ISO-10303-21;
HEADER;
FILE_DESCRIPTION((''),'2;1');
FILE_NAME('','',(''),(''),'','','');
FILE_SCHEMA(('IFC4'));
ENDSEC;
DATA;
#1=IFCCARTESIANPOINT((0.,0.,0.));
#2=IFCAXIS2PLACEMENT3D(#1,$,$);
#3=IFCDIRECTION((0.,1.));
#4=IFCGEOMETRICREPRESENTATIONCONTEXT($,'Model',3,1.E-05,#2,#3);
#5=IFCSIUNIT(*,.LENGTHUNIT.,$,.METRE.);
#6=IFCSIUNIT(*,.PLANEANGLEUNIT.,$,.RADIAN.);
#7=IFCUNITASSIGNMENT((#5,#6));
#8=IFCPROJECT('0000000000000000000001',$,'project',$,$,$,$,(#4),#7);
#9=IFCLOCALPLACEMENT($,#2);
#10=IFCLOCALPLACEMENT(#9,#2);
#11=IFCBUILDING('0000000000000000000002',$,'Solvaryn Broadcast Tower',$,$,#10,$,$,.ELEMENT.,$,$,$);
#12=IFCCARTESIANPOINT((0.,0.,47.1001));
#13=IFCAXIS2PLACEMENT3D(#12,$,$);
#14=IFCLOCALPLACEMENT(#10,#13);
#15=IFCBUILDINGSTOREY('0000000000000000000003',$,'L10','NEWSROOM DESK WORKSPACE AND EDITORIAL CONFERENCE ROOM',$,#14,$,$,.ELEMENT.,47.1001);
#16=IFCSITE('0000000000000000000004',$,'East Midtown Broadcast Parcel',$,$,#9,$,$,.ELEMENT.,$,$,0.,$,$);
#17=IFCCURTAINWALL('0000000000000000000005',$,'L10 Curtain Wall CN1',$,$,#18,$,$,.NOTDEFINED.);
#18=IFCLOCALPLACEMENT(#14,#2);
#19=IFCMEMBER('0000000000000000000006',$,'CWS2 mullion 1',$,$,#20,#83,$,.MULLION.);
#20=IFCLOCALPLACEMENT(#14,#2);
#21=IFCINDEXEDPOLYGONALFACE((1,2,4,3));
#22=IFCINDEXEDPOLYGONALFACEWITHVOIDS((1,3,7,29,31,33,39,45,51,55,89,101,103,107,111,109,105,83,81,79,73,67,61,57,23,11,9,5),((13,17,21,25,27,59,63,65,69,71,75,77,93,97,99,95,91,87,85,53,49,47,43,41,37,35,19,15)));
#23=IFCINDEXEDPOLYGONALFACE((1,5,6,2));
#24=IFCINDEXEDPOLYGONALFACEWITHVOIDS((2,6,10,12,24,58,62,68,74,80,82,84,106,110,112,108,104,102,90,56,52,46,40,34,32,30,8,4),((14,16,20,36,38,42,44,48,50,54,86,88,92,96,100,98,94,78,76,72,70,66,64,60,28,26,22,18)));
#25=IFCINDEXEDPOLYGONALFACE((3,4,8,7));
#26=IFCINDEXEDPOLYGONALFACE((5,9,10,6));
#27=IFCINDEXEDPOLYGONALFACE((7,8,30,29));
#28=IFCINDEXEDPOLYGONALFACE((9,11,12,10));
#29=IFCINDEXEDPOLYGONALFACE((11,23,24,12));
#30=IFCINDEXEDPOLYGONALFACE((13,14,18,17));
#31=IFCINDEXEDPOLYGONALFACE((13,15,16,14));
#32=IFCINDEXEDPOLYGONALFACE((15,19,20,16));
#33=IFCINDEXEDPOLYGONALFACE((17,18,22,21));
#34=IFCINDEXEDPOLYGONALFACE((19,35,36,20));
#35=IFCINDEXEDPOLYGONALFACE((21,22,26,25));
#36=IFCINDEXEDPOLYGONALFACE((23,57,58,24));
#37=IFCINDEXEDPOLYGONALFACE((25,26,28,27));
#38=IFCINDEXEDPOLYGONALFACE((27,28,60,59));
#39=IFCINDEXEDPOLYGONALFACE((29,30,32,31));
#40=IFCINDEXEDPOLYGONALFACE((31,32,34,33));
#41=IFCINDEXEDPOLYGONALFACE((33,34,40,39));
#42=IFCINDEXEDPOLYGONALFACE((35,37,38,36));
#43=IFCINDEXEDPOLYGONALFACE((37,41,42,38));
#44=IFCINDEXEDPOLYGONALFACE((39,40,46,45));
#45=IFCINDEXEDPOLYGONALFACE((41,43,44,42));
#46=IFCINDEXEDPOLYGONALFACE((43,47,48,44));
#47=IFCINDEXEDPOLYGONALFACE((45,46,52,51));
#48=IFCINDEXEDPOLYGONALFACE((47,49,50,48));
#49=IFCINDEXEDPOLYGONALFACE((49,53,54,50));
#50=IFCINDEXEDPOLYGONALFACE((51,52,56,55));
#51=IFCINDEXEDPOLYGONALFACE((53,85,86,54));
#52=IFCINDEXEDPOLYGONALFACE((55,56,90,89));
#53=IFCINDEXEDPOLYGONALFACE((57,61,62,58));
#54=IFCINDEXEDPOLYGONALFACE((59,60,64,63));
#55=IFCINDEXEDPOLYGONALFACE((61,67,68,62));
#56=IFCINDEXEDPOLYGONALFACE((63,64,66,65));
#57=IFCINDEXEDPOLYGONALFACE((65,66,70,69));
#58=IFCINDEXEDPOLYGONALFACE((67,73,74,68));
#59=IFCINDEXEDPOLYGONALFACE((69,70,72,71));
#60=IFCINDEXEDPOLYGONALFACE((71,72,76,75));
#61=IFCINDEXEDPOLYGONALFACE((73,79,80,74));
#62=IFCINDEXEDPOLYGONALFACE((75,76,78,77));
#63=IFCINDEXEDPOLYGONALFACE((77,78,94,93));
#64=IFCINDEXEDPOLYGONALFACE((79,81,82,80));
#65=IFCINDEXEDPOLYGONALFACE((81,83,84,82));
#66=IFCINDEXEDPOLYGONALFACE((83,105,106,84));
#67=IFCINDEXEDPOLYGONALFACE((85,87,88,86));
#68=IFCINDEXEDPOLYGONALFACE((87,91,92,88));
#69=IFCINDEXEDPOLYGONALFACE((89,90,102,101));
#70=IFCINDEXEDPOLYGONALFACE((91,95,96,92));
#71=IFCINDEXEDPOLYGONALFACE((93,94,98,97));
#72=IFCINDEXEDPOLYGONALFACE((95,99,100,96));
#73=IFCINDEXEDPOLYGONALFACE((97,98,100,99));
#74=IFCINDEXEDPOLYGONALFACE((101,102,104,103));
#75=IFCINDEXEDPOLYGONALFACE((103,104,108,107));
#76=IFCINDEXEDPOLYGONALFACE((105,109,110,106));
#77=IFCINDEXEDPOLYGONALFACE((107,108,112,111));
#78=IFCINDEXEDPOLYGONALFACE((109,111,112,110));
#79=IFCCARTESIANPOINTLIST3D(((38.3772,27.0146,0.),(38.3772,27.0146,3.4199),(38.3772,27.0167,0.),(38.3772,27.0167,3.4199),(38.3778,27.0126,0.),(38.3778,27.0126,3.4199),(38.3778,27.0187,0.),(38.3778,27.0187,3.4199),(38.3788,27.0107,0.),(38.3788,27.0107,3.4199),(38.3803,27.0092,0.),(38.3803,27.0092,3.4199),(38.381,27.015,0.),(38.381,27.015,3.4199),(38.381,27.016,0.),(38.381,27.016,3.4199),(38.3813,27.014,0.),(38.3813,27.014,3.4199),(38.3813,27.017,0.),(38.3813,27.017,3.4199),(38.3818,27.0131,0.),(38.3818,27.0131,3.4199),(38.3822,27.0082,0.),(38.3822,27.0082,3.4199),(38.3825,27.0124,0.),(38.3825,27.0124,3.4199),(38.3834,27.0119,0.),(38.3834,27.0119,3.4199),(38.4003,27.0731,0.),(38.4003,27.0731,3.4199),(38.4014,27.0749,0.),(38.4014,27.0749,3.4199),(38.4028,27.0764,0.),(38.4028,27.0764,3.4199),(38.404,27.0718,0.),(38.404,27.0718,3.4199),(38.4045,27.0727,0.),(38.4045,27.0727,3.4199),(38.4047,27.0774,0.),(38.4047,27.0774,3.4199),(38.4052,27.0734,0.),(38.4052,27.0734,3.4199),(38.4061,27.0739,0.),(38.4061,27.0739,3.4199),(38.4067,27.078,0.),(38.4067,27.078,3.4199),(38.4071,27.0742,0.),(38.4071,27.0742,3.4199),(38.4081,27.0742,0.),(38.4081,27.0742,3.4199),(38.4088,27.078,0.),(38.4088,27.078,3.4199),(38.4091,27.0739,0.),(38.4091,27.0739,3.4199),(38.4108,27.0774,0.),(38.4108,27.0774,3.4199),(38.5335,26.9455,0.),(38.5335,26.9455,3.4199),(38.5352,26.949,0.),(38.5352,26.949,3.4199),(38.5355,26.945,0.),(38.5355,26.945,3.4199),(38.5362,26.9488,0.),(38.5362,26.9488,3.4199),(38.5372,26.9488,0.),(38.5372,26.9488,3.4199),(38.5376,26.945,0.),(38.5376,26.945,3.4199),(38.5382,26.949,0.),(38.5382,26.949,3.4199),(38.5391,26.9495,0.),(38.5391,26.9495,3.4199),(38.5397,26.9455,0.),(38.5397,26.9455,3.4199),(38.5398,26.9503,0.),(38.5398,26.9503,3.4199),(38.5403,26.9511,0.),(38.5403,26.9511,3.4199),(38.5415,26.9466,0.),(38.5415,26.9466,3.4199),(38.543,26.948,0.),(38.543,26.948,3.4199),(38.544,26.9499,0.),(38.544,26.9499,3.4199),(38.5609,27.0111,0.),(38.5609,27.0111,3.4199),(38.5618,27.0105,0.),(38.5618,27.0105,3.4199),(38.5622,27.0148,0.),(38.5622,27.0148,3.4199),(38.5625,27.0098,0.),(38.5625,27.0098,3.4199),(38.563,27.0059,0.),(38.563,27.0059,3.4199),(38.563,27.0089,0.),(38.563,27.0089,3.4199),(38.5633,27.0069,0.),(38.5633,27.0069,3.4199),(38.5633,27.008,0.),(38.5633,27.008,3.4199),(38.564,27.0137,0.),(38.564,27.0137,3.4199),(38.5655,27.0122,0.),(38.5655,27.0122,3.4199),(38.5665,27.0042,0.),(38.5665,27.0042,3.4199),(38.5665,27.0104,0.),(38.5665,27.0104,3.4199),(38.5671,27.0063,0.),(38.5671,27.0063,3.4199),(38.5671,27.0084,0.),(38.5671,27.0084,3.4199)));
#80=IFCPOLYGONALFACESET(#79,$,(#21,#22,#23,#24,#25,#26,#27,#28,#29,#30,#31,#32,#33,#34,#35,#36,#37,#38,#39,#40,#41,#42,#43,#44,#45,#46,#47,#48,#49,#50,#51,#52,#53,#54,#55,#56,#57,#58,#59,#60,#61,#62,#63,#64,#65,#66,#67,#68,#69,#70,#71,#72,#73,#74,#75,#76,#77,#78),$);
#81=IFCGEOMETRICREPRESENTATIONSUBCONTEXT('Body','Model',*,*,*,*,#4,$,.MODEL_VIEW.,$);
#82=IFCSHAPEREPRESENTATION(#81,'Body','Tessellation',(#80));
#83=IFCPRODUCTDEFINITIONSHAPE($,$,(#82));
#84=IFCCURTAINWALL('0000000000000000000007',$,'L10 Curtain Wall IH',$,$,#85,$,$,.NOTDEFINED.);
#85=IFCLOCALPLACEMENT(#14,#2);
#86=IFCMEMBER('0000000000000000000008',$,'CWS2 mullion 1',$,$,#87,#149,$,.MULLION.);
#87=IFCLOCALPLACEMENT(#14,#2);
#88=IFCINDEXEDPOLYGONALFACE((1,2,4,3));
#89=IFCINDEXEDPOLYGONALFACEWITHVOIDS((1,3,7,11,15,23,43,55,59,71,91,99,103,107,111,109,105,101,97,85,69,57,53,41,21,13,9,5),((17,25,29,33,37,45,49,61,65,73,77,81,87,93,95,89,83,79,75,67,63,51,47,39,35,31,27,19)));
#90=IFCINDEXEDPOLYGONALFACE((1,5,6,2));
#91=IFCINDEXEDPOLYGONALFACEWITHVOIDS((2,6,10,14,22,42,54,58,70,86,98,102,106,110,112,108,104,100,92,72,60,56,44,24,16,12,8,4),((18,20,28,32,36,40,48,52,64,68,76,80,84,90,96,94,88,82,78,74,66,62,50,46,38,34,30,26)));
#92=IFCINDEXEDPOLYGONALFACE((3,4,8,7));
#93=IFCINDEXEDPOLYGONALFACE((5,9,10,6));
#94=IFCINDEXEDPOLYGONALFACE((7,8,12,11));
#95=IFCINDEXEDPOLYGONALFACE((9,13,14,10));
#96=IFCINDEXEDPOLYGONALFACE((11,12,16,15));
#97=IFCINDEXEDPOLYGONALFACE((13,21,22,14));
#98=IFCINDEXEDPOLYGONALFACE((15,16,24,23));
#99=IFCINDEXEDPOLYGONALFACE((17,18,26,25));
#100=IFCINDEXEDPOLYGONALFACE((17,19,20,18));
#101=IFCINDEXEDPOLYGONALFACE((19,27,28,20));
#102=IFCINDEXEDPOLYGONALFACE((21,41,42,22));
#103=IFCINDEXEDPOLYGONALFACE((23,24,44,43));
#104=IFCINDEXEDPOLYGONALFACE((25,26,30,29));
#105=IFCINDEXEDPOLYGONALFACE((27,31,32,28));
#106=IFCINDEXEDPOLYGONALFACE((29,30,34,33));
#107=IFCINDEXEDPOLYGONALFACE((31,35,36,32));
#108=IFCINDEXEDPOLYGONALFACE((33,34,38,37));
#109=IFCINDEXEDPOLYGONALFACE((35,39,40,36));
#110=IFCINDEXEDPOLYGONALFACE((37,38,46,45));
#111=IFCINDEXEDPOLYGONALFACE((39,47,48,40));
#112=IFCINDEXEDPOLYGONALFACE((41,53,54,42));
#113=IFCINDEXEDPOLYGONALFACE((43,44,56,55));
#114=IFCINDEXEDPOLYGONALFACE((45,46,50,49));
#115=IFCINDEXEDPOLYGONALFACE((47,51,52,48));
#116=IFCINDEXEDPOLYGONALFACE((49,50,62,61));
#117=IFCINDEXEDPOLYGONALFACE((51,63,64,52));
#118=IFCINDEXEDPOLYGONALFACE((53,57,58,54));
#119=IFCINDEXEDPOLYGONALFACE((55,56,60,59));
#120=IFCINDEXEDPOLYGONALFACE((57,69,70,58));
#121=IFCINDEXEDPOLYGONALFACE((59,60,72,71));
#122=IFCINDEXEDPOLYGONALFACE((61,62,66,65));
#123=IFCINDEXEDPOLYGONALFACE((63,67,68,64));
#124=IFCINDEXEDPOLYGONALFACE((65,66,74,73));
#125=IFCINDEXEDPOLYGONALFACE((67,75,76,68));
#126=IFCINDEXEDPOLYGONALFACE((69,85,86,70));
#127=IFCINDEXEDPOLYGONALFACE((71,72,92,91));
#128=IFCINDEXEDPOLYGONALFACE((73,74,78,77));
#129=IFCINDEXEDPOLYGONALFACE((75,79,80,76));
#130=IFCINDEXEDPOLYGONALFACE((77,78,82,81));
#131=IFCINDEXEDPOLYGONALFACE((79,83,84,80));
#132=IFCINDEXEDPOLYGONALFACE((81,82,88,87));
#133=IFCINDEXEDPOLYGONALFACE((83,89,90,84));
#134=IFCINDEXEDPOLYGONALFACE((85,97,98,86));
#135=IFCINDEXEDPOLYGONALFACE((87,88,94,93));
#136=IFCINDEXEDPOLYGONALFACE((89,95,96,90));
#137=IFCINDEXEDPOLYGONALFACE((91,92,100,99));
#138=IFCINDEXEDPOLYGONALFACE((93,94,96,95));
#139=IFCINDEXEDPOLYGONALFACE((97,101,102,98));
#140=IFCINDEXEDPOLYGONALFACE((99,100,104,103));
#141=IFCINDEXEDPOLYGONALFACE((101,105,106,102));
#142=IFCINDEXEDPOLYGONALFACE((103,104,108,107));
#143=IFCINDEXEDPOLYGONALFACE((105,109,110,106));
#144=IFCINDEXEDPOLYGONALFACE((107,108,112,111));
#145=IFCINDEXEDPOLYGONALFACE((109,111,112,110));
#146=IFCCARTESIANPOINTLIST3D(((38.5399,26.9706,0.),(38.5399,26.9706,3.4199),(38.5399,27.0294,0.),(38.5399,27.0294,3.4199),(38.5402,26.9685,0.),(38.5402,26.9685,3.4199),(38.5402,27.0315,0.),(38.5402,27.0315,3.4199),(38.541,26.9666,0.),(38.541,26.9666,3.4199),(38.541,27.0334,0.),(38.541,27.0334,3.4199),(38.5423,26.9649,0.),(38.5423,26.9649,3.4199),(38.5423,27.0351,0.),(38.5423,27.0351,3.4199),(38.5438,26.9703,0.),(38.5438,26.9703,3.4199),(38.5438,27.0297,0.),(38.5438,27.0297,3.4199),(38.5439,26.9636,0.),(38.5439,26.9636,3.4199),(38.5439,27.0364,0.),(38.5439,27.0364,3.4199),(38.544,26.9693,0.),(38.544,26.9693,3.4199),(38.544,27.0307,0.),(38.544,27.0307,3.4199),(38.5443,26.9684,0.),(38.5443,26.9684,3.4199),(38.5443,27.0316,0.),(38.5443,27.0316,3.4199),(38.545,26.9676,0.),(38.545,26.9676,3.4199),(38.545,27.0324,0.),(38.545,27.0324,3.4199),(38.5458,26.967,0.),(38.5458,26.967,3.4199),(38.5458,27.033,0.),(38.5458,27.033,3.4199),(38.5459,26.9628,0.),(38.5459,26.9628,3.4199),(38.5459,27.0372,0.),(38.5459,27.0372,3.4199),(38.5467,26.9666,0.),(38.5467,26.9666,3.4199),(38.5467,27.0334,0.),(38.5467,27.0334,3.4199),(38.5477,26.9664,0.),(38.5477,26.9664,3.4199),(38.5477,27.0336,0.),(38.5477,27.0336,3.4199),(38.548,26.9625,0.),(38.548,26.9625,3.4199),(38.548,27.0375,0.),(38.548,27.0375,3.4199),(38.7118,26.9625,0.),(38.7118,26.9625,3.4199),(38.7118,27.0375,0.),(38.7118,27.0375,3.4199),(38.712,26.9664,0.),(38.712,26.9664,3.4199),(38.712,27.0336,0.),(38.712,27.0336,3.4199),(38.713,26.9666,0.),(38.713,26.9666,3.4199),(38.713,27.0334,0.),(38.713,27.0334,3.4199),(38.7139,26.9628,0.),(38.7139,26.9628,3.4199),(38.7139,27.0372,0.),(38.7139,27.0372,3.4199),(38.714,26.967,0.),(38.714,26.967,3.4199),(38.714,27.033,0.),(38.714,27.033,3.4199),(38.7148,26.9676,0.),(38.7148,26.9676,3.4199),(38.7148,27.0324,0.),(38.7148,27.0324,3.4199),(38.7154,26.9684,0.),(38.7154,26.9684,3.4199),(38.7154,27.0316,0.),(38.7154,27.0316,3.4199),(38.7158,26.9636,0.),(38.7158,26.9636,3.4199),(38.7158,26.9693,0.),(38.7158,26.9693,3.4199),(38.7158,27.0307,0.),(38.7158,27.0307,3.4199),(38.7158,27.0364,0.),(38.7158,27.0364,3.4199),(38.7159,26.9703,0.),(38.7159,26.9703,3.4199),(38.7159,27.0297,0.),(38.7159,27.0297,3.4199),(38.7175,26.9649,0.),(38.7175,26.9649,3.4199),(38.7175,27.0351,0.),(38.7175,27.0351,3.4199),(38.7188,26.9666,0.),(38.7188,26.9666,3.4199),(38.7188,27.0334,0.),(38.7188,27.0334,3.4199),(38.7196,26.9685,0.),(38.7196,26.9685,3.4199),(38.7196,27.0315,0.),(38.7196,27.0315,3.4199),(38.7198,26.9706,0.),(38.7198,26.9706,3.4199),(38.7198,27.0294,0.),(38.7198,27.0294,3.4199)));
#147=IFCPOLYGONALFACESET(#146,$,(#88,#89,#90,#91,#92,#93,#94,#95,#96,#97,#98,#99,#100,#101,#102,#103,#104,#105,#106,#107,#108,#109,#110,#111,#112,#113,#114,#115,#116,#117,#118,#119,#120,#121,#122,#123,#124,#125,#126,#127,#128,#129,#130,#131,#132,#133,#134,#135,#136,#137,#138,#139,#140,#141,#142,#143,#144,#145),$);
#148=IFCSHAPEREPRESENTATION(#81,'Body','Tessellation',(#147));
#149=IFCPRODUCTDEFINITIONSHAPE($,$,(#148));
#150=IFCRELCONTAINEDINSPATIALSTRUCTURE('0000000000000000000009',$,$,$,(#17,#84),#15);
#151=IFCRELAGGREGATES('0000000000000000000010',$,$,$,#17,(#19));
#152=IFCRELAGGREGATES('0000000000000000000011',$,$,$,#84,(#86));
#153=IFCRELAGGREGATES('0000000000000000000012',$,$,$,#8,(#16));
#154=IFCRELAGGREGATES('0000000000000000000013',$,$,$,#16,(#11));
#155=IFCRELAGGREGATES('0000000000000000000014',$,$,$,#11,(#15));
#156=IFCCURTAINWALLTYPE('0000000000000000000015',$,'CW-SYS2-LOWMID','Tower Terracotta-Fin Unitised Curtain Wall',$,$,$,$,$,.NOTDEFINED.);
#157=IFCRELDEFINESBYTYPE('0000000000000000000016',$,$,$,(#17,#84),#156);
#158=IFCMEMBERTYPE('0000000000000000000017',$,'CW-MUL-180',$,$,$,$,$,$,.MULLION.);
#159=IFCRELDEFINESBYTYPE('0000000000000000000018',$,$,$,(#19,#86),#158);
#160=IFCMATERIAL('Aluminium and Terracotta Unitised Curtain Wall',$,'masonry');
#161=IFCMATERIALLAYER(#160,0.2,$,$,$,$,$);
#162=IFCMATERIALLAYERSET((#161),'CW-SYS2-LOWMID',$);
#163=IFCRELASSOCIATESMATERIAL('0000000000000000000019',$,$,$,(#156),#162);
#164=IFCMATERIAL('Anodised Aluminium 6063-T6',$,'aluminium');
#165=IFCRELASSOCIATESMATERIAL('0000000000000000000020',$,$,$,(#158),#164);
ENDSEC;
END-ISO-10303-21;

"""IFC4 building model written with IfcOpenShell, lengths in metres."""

from ifc_helpers import new_model, si_unit, direction, frame, origin, origin_2d, place, context, subcontext, project, spatial, hollow_rectangle, extrude, material, layer, layer_set, material_profile, profile_set, type_object, element, aggregate, save


model = new_model("IFC4")

# Units and contexts
model_context = context("Model", 3, precision=1e-05, world=origin(), true_north=direction((0.0, 1.0)))
body_context = subcontext(model_context, "Body", "Model", "MODEL_VIEW")
ifc_project = project(units=[si_unit("LENGTHUNIT", "METRE"), si_unit("PLANEANGLEUNIT", "RADIAN")], contexts=[model_context])

# Site, building, storey
site_placement = place(None, origin())
site = spatial("IfcSite", under=ifc_project, at=site_placement, Name="East Midtown Broadcast Parcel", CompositionType="ELEMENT", RefElevation=0.0)
building_placement = place(site_placement, origin())
building = spatial("IfcBuilding", under=site, at=building_placement, Name="Solvaryn Broadcast Tower", CompositionType="ELEMENT")
storey_placement = place(building_placement, frame((0.0, 0.0, 47.1001)))
storey = spatial("IfcBuildingStorey", under=building, at=storey_placement, Name="L10", Description="NEWSROOM DESK WORKSPACE AND EDITORIAL CONFERENCE ROOM", CompositionType="ELEMENT", Elevation=47.1001)

# Curtain walls, members
ifc_material_1 = material(Name="Aluminium and Terracotta Unitised Curtain Wall", Category="masonry")
ifc_layer_1 = layer(ifc_material_1, 0.2)
ifc_layer_set_1 = layer_set([ifc_layer_1], Name="CW-SYS2-LOWMID")
curtain_wall_type = type_object("IfcCurtainWallType", Name="CW-SYS2-LOWMID", Description="Tower Terracotta-Fin Unitised Curtain Wall", PredefinedType="NOTDEFINED", material=ifc_layer_set_1)
curtain_wall_1_placement = place(storey_placement, origin())
curtain_wall_1 = element("IfcCurtainWall", 1, at=curtain_wall_1_placement, inside=storey, type_object=curtain_wall_type, Name="L10 Curtain Wall CN1", PredefinedType="NOTDEFINED")
ifc_material_2 = material(Name="Anodised Aluminium 6063-T6", Category="aluminium")
ifc_material_profile_1 = material_profile(ifc_material_2, hollow_rectangle(XDim=0.075, YDim=0.1799, WallThickness=0.0039, InnerFilletRadius=0.0039, OuterFilletRadius=0.0081, at=origin_2d()))
ifc_profile_set_1 = profile_set([ifc_material_profile_1], Name="Anodised Aluminium 6063-T6")
member_type_1 = type_object("IfcMemberType", Name="CW-MUL-180", PredefinedType="MULLION", material=ifc_profile_set_1)
member_1_placement = place(storey_placement, frame((38.4722, 27.0115, 0.0), z_axis=(0.0, 0.0, 1.0), x_axis=(-0.382646, -0.923895, 0.0)))
member_1 = element("IfcMember", 2, at=member_1_placement, type_object=member_type_1, Name="CWS2 mullion 1", PredefinedType="MULLION", context=body_context, shape_type="SweptSolid", body=[
    extrude(hollow_rectangle(XDim=0.075, YDim=0.1799, WallThickness=0.0039, InnerFilletRadius=0.0039, OuterFilletRadius=0.0081, at=origin_2d()), origin(), (0.0, 0.0, 1.0), 3.4199),
])
curtain_wall_2_placement = place(storey_placement, origin())
curtain_wall_2 = element("IfcCurtainWall", 3, at=curtain_wall_2_placement, inside=storey, type_object=curtain_wall_type, Name="L10 Curtain Wall IH", PredefinedType="NOTDEFINED")
member_2_placement = place(storey_placement, frame((38.6299, 27.0, 0.0), z_axis=(0.0, 0.0, 1.0), x_axis=(0.0, 1.0, 0.0)))
member_2 = element("IfcMember", 4, at=member_2_placement, type_object=member_type_1, Name="CWS2 mullion 1", PredefinedType="MULLION", context=body_context, shape_type="SweptSolid", body=[
    extrude(hollow_rectangle(XDim=0.075, YDim=0.1799, WallThickness=0.0039, InnerFilletRadius=0.0039, OuterFilletRadius=0.0081, at=origin_2d()), origin(), (0.0, 0.0, 1.0), 3.4199),
])

aggregate(curtain_wall_1, [member_1])
aggregate(curtain_wall_2, [member_2])

save(model, "model.ifc")
